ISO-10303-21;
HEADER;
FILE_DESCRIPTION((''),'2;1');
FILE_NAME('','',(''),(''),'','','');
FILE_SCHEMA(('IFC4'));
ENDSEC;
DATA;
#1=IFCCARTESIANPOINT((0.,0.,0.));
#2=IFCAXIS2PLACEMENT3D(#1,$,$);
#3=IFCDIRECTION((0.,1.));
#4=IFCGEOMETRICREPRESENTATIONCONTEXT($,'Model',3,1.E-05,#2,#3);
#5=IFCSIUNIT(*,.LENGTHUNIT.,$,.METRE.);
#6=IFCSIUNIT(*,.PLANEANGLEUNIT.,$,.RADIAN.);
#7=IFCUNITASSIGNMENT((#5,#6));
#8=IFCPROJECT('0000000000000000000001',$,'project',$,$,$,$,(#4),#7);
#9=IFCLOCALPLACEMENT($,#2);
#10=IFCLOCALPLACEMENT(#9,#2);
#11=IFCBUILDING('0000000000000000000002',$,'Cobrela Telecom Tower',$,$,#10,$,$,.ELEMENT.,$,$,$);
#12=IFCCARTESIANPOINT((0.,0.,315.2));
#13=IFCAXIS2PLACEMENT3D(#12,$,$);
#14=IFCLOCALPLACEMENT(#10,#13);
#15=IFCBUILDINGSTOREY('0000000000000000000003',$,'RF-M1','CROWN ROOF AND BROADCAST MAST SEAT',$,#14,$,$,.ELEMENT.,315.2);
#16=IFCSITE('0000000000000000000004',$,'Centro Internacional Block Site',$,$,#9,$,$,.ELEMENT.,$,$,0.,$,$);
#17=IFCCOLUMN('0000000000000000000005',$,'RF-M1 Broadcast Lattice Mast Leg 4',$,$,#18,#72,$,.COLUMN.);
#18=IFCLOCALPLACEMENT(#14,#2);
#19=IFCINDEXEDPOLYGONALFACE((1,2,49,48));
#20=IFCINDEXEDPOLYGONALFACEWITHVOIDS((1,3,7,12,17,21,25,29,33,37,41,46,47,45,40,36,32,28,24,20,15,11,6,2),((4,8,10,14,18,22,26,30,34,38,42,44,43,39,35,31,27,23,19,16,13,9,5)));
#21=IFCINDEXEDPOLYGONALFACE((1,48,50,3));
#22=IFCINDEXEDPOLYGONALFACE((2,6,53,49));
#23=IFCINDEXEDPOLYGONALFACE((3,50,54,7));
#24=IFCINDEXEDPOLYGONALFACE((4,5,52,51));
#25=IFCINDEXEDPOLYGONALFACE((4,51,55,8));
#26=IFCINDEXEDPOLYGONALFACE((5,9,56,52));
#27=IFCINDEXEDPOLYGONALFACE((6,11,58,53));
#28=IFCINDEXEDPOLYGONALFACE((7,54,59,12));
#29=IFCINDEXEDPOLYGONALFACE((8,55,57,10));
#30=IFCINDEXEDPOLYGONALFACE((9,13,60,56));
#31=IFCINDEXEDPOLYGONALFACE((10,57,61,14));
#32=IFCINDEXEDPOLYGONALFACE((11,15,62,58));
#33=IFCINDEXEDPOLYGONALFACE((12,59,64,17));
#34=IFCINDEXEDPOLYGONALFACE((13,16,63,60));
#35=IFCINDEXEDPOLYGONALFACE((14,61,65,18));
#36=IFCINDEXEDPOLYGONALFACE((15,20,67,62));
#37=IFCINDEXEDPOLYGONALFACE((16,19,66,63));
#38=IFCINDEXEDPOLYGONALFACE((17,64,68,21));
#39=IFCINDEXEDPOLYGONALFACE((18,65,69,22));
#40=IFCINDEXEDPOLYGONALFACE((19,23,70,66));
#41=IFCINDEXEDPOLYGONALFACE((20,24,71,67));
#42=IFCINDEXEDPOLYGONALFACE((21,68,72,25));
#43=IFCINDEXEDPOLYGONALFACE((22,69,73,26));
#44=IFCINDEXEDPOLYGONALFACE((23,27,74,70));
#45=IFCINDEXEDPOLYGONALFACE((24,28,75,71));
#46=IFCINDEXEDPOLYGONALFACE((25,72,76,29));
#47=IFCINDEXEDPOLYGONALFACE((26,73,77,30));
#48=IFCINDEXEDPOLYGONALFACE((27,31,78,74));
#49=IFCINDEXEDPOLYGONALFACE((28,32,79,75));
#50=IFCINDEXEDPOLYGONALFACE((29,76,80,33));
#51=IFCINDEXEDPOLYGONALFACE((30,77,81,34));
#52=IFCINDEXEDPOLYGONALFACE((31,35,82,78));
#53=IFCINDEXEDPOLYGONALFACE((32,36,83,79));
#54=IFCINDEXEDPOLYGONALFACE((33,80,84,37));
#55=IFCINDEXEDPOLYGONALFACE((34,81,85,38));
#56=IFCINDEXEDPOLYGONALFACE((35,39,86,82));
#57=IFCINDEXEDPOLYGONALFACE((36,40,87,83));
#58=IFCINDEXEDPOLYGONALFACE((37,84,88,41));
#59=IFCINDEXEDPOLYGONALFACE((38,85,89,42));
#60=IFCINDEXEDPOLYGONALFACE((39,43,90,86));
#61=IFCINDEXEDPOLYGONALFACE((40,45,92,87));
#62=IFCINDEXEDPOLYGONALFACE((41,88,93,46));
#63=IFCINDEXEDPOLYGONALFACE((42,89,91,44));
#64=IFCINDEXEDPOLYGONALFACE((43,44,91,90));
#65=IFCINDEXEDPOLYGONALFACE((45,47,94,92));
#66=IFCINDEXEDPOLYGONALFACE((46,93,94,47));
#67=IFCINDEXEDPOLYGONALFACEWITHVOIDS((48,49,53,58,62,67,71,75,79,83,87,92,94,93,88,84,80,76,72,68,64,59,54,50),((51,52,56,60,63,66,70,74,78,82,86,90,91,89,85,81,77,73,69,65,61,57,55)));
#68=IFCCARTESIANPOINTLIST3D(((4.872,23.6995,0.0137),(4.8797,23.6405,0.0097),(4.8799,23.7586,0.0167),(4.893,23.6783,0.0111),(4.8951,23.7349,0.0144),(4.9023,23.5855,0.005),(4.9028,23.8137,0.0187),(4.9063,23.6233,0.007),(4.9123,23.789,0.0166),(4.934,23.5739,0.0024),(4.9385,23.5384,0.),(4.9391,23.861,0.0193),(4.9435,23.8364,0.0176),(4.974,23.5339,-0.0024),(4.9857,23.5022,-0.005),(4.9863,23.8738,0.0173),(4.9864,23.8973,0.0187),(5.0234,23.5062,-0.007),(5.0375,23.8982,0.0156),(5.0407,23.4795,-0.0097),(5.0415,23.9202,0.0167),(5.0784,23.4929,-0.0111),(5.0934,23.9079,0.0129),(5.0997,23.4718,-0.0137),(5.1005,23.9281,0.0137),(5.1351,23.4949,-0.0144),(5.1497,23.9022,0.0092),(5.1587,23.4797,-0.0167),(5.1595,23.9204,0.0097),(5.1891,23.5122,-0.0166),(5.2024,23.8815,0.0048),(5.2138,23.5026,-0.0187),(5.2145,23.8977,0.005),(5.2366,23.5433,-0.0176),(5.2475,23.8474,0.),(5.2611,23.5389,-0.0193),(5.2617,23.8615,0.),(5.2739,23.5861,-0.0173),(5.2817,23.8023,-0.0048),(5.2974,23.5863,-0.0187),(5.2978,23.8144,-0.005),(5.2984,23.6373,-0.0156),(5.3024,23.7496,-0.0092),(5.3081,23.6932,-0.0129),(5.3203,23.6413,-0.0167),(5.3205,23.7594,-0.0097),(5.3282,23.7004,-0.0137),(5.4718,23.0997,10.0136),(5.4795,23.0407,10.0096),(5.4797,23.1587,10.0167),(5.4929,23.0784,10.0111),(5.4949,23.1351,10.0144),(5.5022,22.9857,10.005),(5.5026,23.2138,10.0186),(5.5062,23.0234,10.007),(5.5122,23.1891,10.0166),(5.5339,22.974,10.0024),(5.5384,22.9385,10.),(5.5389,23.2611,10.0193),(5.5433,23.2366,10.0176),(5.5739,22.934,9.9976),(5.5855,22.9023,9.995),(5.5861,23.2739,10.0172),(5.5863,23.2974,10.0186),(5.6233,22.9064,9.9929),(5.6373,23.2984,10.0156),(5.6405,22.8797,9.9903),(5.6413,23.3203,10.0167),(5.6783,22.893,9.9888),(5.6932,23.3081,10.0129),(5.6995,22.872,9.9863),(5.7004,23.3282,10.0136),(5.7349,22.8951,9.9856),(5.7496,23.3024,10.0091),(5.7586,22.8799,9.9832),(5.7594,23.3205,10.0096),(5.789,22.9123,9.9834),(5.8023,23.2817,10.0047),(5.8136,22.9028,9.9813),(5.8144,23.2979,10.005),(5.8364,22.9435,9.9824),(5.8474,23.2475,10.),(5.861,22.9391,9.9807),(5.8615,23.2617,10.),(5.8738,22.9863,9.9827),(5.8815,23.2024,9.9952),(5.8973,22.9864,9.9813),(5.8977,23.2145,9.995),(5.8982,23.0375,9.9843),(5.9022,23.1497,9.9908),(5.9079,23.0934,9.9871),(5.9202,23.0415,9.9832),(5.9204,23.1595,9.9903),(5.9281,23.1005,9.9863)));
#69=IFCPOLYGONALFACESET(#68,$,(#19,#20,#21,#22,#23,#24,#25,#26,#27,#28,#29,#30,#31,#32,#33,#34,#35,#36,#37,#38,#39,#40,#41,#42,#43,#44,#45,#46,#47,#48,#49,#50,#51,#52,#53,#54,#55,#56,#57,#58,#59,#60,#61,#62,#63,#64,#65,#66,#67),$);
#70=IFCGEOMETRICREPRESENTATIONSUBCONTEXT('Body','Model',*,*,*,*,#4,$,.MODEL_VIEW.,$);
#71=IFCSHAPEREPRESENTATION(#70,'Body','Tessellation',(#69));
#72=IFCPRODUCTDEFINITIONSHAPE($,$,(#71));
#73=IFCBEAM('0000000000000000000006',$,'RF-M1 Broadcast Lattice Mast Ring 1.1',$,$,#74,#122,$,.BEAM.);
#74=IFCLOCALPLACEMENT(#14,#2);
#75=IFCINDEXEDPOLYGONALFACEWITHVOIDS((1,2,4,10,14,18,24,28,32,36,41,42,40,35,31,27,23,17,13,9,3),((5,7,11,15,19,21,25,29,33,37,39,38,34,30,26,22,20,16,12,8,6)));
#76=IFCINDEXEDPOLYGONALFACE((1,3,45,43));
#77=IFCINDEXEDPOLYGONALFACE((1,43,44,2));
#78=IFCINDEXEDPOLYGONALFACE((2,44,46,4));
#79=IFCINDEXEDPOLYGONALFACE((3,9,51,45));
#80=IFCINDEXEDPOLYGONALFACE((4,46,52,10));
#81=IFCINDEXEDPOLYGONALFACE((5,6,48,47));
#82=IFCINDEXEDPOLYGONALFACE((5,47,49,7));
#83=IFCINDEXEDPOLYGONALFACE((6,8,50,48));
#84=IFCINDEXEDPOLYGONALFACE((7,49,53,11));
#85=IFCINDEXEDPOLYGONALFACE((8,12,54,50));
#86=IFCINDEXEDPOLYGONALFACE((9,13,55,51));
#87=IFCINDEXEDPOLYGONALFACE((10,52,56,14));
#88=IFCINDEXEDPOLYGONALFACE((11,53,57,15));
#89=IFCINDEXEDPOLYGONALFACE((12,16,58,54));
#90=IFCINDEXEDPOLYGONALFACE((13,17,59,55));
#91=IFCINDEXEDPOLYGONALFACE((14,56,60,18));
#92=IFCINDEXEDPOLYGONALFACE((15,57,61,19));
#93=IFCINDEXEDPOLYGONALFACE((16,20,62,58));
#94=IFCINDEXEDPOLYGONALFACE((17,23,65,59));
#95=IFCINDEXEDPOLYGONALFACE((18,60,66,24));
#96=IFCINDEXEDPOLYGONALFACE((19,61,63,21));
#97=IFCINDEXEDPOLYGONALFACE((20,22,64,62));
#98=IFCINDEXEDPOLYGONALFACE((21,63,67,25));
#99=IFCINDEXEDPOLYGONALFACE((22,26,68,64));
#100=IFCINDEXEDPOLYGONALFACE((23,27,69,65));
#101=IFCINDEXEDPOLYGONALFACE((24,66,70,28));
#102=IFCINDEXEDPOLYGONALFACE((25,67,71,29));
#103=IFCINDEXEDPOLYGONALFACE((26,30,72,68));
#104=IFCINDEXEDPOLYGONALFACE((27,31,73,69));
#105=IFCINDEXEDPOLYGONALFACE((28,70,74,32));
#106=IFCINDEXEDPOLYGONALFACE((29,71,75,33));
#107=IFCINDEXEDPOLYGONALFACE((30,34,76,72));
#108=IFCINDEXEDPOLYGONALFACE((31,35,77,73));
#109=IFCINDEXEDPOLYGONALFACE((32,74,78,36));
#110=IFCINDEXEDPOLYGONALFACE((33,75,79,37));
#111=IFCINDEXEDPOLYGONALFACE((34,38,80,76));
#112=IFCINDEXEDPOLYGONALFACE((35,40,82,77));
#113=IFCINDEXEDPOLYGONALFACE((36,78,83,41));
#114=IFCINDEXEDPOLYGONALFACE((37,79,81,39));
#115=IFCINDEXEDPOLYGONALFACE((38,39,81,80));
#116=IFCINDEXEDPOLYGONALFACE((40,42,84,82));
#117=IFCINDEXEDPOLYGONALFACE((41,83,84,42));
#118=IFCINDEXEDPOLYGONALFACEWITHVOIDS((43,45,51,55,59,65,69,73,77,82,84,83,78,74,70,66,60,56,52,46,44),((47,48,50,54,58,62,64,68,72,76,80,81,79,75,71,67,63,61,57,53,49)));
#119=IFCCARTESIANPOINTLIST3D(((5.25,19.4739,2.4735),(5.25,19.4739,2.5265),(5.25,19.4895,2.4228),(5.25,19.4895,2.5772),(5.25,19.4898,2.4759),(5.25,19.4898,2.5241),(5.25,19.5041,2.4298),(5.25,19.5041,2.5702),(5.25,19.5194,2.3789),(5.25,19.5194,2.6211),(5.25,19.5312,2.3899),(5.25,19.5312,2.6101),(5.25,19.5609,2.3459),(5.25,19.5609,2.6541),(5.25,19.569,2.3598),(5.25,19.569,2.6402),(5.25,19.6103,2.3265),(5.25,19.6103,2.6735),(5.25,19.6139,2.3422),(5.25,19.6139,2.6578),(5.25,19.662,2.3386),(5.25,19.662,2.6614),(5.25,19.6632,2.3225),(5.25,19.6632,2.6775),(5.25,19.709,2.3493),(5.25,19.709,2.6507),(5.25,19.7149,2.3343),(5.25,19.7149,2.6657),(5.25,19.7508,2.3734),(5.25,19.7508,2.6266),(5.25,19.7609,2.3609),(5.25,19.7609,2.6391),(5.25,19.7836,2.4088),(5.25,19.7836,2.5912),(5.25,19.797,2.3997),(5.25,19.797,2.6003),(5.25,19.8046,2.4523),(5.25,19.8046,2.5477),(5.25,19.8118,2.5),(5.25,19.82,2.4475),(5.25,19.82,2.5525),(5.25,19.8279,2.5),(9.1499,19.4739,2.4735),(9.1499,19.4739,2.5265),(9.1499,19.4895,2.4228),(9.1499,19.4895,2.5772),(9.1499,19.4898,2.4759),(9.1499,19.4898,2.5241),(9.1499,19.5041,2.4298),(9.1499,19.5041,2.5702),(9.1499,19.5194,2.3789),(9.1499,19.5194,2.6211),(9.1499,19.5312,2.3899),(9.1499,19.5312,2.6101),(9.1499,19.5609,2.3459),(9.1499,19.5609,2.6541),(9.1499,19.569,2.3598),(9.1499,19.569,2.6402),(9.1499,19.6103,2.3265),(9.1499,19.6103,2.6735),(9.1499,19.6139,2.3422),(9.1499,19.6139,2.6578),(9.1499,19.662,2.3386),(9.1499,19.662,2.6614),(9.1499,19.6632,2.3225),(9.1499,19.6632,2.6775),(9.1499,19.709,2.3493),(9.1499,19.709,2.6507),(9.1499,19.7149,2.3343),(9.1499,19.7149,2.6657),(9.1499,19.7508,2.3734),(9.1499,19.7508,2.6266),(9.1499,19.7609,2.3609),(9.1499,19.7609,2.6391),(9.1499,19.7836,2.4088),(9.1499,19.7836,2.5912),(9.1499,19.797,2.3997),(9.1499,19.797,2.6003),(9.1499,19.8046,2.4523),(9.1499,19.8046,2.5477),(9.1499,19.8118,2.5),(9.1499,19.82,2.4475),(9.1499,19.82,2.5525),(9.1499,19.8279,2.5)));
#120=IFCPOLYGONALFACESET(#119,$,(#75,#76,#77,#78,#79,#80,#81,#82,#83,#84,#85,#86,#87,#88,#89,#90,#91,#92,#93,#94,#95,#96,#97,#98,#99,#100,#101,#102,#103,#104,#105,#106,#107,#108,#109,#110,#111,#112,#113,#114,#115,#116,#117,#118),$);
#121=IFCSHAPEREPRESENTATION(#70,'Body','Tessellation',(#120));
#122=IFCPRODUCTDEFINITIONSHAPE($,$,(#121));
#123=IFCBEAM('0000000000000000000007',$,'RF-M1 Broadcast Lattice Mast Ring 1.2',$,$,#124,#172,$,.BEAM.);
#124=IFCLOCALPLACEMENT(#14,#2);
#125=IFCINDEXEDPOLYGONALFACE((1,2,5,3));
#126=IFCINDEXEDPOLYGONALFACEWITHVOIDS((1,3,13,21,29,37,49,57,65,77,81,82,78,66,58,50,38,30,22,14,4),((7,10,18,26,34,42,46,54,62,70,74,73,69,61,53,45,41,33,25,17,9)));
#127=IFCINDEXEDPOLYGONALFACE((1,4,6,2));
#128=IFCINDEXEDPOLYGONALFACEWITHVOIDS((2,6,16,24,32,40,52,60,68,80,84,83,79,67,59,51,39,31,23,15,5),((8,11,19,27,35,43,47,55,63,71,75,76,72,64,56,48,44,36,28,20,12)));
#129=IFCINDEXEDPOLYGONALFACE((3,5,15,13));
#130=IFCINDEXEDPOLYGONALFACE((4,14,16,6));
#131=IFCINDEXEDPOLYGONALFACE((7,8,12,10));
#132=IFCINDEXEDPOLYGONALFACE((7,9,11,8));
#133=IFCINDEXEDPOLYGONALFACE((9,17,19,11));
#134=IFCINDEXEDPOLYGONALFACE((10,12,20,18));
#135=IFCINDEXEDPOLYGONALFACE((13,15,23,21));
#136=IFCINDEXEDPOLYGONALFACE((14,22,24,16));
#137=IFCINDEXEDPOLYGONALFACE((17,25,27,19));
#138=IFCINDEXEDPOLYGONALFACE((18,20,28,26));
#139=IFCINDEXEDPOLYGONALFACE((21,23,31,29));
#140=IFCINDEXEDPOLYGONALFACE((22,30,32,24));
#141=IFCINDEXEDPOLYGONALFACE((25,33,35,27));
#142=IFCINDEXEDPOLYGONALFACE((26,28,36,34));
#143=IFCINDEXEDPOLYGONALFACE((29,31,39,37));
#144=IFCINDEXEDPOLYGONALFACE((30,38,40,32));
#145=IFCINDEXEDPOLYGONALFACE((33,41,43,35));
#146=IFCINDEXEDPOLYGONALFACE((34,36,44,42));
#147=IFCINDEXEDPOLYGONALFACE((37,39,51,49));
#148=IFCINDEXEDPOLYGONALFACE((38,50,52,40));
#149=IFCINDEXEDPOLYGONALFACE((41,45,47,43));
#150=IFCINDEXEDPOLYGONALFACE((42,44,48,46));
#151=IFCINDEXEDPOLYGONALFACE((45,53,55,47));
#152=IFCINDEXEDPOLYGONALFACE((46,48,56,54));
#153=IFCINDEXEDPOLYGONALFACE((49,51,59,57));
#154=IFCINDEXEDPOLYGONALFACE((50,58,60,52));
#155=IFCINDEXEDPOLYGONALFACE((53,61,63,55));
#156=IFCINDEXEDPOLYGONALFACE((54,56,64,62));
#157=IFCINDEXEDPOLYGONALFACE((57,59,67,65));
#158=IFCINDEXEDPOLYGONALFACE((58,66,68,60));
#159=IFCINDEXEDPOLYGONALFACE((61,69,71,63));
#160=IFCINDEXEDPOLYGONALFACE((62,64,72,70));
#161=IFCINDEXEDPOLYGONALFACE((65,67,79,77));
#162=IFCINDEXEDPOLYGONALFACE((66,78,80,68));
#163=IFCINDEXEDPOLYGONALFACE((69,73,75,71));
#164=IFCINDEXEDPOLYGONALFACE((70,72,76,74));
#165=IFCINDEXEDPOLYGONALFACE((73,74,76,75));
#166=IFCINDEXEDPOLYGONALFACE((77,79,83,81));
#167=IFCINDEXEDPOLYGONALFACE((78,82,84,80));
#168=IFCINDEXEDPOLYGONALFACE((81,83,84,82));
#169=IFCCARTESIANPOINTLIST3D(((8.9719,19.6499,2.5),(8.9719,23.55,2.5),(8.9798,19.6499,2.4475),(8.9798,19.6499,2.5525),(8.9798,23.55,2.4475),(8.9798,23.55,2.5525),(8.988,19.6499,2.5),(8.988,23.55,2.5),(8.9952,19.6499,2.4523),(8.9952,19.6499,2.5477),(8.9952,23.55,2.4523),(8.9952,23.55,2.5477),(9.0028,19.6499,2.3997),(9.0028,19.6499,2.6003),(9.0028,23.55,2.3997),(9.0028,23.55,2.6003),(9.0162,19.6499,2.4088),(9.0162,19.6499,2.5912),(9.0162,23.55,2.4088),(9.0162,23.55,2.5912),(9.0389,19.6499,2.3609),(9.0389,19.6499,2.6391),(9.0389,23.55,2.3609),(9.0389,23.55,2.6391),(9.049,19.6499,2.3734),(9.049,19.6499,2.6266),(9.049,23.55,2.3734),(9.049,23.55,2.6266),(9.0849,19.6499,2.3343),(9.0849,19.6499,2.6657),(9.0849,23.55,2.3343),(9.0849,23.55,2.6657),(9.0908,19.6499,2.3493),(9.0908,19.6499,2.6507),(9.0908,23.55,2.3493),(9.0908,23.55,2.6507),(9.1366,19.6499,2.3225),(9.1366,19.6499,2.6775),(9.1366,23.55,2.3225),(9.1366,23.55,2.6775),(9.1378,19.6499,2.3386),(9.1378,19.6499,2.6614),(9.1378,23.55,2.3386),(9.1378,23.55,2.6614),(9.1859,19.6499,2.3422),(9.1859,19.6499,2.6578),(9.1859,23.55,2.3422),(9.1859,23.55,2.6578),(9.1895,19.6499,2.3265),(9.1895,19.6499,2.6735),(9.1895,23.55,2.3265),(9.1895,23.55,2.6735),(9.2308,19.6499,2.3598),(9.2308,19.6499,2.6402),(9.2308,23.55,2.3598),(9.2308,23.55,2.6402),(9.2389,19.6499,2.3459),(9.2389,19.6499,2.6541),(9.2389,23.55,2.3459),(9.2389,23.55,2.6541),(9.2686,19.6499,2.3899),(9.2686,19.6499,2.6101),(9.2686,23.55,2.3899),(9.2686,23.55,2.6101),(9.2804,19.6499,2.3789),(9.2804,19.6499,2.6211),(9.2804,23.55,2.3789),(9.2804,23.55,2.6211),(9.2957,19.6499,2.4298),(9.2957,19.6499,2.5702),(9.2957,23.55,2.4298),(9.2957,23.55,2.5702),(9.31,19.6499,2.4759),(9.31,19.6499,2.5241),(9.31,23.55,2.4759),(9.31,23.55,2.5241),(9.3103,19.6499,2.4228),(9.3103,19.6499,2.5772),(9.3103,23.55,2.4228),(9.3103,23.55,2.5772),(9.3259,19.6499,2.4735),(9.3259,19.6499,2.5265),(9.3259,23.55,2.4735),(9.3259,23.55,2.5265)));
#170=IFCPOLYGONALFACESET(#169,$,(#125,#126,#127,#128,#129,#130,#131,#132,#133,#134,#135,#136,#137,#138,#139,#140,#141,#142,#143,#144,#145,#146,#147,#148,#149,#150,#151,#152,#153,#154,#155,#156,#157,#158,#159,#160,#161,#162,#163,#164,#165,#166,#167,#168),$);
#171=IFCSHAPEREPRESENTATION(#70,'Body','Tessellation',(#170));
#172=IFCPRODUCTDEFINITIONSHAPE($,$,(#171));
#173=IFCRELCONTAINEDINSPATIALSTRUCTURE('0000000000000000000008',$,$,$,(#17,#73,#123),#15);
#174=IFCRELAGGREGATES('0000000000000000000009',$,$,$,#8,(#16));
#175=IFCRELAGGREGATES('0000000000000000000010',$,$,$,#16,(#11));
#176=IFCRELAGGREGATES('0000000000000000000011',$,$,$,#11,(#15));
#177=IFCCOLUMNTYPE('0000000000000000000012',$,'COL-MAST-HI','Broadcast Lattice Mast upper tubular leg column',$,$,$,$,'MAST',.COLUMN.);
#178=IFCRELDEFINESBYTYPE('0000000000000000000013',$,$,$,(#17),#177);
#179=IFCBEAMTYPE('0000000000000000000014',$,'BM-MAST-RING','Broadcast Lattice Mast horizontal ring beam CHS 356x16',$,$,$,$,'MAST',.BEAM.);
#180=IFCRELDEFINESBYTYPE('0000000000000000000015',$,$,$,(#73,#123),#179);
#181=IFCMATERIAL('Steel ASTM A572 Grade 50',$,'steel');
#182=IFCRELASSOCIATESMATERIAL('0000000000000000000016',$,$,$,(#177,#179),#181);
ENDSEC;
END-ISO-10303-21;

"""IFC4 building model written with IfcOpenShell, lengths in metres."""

from ifc_helpers import new_model, si_unit, direction, frame, origin, origin_2d, place, context, subcontext, project, spatial, hollow_circle, extrude, material, material_profile, profile_set, type_object, element, save


model = new_model("IFC4")

# Units and contexts
model_context = context("Model", 3, precision=1e-05, world=origin(), true_north=direction((0.0, 1.0)))
body_context = subcontext(model_context, "Body", "Model", "MODEL_VIEW")
ifc_project = project(units=[si_unit("LENGTHUNIT", "METRE"), si_unit("PLANEANGLEUNIT", "RADIAN")], contexts=[model_context])

# Site, building, storey
site_placement = place(None, origin())
site = spatial("IfcSite", under=ifc_project, at=site_placement, Name="Centro Internacional Block Site", CompositionType="ELEMENT", RefElevation=0.0)
building_placement = place(site_placement, origin())
building = spatial("IfcBuilding", under=site, at=building_placement, Name="Cobrela Telecom Tower", CompositionType="ELEMENT")
storey_placement = place(building_placement, frame((0.0, 0.0, 315.2)))
storey = spatial("IfcBuildingStorey", under=building, at=storey_placement, Name="RF-M1", Description="CROWN ROOF AND BROADCAST MAST SEAT", CompositionType="ELEMENT", Elevation=315.2)

# Column
ifc_material = material(Name="Steel ASTM A572 Grade 50", Category="steel")
ifc_material_profile_1 = material_profile(ifc_material, hollow_circle(Radius=0.2285, WallThickness=0.02, at=origin_2d()), Name="CHS 457x20")
ifc_profile_set_1 = profile_set([ifc_material_profile_1], Name="Steel ASTM A572 Grade 50")
column_type = type_object("IfcColumnType", Name="COL-MAST-HI", Description="Broadcast Lattice Mast upper tubular leg column", ElementType="MAST", PredefinedType="COLUMN", material=ifc_profile_set_1)
for number, where, z_axis, x_axis, name in (
    (1, (5.1001, 23.7, 0.0), (0.059771, -0.059771, 0.996421), (0.707107, 0.707107, 0.0), "RF-M1 Broadcast Lattice Mast Leg 4"),
):
    element("IfcColumn", number, at=place(storey_placement, frame(where, z_axis=z_axis, x_axis=x_axis)), inside=storey, type_object=column_type, Name=name, PredefinedType="COLUMN", context=body_context, shape_type="SweptSolid", body=[
        extrude(hollow_circle(Radius=0.2285, WallThickness=0.02, at=origin_2d()), origin(), (0.0, 0.0, 1.0), 10.0359),
    ])

# Beams
ifc_material_profile_2 = material_profile(ifc_material, hollow_circle(Radius=0.178, WallThickness=0.0161, at=origin_2d()), Name="CHS 356x16")
ifc_profile_set_2 = profile_set([ifc_material_profile_2], Name="Steel ASTM A572 Grade 50")
beam_type = type_object("IfcBeamType", Name="BM-MAST-RING", Description="Broadcast Lattice Mast horizontal ring beam CHS 356x16", ElementType="MAST", PredefinedType="BEAM", material=ifc_profile_set_2)
beam_1_placement = place(storey_placement, frame((5.25, 19.6499, 2.5), z_axis=(1.0, 0.0, 0.0), x_axis=(0.0, 1.0, 0.0)))
element("IfcBeam", 2, at=beam_1_placement, inside=storey, type_object=beam_type, Name="RF-M1 Broadcast Lattice Mast Ring 1.1", PredefinedType="BEAM", context=body_context, shape_type="SweptSolid", body=[
    extrude(hollow_circle(Radius=0.178, WallThickness=0.0161, at=origin_2d()), origin(), (0.0, 0.0, 1.0), 3.8999),
])
beam_2_placement = place(storey_placement, frame((9.1499, 19.6499, 2.5), z_axis=(0.0, 1.0, 0.0), x_axis=(-1.0, 0.0, 0.0)))
element("IfcBeam", 3, at=beam_2_placement, inside=storey, type_object=beam_type, Name="RF-M1 Broadcast Lattice Mast Ring 1.2", PredefinedType="BEAM", context=body_context, shape_type="SweptSolid", body=[
    extrude(hollow_circle(Radius=0.178, WallThickness=0.0161, at=origin_2d()), origin(), (0.0, 0.0, 1.0), 3.9001),
])

save(model, "model.ifc")
